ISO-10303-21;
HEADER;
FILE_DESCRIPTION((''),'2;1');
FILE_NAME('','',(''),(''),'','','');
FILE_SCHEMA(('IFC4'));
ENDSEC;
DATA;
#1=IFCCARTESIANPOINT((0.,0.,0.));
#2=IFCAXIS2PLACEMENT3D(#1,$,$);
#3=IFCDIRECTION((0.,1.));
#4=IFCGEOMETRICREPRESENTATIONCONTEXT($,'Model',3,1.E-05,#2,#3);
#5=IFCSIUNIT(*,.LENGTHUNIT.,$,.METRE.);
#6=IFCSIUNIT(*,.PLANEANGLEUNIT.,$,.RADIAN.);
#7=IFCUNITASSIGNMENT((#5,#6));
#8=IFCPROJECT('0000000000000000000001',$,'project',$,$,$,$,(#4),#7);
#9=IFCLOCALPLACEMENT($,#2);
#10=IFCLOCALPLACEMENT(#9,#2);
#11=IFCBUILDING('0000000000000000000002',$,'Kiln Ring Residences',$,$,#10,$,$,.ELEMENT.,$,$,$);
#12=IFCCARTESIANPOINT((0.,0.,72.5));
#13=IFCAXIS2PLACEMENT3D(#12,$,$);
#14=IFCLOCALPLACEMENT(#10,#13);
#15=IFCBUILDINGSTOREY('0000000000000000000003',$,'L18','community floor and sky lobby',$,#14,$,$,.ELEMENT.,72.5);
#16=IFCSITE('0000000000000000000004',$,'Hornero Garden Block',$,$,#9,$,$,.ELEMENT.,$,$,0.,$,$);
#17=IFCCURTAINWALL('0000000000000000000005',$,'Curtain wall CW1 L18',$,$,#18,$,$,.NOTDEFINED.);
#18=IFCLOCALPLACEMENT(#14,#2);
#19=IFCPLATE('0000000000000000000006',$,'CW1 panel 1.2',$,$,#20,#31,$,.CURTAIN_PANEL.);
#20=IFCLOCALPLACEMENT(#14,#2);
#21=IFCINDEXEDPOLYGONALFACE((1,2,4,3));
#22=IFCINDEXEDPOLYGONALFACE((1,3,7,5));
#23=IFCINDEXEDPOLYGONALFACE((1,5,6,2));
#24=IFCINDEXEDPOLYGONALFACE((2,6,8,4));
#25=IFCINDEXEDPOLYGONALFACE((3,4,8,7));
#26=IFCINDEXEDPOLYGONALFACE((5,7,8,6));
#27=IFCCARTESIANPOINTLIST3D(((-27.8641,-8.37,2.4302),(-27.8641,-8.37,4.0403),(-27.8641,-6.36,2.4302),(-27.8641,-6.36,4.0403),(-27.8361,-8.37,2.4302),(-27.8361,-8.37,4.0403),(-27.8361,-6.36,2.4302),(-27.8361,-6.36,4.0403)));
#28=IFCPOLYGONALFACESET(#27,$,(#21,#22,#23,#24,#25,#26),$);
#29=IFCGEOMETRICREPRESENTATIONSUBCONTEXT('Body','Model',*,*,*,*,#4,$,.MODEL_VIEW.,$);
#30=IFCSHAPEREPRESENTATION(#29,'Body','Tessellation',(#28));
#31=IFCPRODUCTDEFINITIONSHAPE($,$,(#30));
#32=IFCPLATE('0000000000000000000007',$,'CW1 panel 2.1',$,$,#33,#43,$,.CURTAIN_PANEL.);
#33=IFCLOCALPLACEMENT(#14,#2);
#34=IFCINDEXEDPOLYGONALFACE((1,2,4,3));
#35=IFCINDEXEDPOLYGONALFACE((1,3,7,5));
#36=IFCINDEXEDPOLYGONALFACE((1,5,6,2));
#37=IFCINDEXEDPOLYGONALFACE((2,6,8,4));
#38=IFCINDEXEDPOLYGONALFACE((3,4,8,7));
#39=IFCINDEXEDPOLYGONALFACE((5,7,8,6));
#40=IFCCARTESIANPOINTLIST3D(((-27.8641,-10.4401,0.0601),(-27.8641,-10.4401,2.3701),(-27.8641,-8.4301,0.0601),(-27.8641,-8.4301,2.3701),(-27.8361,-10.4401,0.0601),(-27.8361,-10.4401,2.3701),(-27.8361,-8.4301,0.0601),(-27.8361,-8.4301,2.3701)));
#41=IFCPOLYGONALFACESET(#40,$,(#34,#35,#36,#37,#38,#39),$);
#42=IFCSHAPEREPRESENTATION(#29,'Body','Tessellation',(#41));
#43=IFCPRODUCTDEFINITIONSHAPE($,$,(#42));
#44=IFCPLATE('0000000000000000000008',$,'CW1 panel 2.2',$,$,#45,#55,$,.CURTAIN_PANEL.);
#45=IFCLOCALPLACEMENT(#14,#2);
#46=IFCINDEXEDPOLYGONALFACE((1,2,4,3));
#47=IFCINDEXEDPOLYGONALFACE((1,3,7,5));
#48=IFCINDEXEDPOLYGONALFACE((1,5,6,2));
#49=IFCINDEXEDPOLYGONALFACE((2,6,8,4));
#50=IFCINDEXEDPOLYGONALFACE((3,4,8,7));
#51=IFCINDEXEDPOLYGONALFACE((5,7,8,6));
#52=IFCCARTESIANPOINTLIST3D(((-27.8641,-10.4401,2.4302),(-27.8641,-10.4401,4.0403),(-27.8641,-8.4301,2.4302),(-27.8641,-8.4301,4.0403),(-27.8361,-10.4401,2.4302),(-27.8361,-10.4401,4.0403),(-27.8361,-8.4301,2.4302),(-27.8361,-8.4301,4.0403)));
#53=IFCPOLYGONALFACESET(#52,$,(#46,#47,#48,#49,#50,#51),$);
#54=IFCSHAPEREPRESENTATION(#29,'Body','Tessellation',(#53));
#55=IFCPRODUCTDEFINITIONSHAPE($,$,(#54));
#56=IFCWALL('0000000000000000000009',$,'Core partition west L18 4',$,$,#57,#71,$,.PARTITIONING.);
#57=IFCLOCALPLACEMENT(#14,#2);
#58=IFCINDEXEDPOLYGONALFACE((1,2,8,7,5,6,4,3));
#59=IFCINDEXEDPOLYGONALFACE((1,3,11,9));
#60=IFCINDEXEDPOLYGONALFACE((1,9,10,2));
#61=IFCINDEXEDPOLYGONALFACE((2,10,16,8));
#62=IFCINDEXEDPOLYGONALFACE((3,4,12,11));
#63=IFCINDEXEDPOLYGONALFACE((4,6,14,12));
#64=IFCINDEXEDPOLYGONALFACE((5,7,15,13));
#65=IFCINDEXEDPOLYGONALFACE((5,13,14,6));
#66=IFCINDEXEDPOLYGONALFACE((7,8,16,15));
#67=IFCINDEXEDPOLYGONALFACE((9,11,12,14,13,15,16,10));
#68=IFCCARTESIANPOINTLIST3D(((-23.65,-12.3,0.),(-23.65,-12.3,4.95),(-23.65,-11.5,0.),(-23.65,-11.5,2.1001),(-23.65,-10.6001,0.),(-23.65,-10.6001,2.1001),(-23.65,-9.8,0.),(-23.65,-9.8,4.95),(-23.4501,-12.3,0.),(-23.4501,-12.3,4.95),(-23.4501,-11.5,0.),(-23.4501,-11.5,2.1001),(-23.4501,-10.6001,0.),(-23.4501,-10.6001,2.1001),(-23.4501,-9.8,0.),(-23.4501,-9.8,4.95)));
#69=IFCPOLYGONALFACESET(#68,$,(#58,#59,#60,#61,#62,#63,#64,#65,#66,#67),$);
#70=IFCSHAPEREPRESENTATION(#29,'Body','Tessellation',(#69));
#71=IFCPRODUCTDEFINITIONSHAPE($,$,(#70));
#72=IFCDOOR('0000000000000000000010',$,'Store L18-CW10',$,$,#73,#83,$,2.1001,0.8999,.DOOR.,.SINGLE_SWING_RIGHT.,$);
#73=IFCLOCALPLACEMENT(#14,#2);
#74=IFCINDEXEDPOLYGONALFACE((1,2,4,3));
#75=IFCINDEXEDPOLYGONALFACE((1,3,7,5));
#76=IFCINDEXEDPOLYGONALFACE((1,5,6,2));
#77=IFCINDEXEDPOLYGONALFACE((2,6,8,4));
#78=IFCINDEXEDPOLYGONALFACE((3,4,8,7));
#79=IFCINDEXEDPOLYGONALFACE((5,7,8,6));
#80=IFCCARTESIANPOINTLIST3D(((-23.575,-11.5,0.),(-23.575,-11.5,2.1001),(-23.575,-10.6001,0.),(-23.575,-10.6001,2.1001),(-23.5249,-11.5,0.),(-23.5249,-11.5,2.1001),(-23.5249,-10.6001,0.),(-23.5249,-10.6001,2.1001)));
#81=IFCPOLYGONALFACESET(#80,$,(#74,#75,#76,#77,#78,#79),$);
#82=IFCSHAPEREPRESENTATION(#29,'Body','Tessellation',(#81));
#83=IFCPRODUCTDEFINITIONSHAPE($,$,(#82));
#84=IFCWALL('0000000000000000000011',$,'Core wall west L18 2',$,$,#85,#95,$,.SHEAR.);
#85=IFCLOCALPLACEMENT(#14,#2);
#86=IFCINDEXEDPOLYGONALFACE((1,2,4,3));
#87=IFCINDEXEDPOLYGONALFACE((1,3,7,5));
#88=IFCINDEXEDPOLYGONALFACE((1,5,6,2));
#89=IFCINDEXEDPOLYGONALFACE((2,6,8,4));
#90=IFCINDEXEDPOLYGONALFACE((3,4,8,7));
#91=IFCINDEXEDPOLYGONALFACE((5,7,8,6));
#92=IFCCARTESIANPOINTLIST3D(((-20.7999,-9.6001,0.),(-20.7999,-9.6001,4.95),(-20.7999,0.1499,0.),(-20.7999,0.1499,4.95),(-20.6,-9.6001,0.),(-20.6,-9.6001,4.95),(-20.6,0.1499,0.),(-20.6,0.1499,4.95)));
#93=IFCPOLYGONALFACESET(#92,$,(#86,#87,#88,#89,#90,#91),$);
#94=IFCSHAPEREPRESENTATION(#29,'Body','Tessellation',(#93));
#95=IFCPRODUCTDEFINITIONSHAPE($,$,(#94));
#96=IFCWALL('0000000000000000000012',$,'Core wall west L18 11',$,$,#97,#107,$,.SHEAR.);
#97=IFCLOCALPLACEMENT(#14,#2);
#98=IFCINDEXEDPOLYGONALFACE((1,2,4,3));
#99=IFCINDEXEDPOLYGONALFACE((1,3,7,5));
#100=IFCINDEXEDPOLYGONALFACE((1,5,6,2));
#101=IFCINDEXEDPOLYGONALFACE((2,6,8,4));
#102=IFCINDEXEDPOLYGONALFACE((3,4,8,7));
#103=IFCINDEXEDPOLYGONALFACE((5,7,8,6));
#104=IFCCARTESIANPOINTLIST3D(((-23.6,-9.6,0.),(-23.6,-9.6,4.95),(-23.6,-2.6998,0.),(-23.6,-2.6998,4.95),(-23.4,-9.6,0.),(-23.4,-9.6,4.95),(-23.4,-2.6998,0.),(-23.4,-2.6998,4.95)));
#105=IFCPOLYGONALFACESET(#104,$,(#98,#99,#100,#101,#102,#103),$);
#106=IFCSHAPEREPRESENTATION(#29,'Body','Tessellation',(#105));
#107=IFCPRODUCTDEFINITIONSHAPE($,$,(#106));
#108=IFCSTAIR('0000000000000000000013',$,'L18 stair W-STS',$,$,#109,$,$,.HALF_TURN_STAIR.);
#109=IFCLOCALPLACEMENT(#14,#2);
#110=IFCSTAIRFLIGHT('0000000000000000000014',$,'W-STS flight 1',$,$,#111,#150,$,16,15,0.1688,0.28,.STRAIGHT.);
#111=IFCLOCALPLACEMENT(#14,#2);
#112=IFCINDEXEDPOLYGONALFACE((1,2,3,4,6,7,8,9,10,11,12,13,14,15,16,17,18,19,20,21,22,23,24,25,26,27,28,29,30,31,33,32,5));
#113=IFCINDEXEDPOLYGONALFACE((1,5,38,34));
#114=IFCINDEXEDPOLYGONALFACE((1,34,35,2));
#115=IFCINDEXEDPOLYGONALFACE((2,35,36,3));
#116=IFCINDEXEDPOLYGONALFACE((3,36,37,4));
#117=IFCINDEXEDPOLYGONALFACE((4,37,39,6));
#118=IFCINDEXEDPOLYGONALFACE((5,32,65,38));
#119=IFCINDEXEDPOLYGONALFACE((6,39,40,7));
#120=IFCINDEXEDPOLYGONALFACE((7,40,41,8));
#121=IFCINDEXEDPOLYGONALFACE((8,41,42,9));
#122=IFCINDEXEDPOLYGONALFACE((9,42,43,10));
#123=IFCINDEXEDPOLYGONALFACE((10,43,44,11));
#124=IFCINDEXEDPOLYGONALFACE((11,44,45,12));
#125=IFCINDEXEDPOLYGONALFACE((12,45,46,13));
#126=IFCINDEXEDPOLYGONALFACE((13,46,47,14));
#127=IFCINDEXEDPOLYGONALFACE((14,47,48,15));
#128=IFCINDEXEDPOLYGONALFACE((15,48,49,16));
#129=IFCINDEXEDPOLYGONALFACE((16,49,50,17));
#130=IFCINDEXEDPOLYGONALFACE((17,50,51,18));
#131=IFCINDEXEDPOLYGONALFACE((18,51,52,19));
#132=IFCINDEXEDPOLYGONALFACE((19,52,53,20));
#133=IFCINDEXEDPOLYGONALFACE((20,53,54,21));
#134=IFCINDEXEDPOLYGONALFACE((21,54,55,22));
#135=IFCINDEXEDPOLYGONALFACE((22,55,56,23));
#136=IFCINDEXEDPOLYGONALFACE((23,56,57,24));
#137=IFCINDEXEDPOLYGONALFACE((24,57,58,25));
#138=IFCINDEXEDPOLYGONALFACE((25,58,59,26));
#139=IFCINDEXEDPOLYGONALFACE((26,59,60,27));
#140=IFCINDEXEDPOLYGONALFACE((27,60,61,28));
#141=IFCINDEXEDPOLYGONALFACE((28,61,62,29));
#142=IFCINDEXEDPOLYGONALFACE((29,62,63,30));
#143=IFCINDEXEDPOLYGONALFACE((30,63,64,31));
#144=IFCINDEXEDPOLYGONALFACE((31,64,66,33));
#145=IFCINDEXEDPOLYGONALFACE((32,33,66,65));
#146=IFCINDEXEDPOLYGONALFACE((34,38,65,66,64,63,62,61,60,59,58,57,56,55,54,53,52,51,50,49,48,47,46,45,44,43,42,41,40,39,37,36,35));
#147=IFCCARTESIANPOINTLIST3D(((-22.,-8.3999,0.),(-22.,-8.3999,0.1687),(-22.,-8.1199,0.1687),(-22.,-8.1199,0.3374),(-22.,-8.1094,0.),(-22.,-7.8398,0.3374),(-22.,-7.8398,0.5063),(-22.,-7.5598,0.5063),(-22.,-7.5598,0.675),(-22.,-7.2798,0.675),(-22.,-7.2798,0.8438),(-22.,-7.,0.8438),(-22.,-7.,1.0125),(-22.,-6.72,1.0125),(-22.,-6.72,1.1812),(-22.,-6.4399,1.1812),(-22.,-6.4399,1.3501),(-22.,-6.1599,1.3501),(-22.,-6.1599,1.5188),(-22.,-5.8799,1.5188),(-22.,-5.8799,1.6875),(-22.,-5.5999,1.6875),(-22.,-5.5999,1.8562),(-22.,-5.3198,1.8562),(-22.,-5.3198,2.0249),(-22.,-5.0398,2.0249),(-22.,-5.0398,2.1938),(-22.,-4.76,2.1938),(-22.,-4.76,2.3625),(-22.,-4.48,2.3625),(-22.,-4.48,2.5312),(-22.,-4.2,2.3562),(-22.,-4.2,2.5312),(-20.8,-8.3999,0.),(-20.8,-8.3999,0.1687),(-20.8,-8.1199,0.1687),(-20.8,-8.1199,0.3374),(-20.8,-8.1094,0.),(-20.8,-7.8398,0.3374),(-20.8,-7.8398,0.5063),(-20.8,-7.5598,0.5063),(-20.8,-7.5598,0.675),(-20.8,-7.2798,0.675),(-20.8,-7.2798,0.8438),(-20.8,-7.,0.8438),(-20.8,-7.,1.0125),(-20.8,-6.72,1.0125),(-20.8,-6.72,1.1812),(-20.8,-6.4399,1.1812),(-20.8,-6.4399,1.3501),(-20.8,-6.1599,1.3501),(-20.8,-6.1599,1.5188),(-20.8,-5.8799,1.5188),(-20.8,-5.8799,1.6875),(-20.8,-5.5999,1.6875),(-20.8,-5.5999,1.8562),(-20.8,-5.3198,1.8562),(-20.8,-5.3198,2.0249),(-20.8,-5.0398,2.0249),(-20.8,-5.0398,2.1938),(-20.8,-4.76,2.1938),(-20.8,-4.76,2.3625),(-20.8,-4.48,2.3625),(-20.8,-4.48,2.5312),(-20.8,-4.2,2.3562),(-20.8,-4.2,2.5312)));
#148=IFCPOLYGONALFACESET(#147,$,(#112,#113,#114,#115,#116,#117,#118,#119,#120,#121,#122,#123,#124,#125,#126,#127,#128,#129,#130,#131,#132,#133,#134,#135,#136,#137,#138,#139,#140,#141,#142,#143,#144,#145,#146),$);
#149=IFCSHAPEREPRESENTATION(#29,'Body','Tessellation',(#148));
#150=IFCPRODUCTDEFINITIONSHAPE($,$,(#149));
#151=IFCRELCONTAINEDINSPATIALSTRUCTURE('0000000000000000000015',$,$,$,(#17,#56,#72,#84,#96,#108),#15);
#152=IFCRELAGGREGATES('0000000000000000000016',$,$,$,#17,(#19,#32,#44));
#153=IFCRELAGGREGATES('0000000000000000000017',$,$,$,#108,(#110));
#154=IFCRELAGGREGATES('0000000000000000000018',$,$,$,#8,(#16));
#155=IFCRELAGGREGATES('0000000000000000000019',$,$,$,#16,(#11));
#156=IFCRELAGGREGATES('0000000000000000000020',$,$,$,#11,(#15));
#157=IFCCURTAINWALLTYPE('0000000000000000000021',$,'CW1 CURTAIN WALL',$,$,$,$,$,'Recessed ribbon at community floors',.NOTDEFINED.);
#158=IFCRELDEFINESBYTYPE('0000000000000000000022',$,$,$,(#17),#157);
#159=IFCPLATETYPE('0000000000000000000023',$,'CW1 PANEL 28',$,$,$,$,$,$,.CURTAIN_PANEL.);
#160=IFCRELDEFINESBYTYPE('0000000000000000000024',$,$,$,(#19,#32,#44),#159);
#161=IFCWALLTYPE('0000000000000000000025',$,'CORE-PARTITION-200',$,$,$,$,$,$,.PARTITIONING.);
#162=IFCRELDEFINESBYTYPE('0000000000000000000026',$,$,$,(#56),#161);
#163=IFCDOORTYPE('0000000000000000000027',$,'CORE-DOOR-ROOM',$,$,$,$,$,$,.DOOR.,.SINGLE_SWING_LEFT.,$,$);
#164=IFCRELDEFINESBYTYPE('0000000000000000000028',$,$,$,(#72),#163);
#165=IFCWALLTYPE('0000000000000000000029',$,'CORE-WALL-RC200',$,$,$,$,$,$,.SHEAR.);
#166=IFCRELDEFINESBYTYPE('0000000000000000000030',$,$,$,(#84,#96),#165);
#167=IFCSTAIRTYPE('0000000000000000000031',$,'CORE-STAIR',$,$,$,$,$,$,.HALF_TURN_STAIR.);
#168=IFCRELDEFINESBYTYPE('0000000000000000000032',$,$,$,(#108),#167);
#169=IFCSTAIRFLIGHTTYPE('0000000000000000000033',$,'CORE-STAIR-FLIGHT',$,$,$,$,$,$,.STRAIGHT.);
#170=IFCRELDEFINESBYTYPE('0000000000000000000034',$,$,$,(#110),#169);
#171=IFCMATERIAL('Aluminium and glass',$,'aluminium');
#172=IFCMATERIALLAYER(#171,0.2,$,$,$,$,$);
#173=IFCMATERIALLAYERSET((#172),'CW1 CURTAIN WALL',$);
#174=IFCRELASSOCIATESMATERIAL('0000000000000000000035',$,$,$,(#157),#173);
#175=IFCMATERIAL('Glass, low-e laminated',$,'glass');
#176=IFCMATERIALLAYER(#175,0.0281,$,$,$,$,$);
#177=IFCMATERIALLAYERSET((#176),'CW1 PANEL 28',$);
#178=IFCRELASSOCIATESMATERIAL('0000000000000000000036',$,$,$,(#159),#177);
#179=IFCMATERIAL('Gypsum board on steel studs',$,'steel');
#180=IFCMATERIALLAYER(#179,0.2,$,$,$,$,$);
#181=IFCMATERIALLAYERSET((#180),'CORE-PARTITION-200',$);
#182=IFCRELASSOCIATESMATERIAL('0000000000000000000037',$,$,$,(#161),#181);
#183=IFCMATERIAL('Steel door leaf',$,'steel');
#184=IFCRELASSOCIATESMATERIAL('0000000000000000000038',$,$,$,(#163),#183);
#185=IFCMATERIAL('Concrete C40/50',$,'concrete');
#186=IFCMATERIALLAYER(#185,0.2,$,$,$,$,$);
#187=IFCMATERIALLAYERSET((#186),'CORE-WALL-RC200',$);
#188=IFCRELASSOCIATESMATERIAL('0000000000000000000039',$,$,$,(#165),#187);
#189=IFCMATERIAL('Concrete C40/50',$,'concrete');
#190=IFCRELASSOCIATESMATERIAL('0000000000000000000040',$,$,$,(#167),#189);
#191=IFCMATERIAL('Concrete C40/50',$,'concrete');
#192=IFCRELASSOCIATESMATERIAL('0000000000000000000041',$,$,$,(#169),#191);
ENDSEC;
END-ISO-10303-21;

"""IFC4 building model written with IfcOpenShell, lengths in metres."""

from ifc_helpers import new_model, si_unit, direction, frame, frame_2d, origin, origin_2d, place, context, subcontext, project, spatial, polyline, rectangle, outline, extrude, material, layer, layer_set, type_object, element, fill, aggregate, save


model = new_model("IFC4")

# Units and contexts
model_context = context("Model", 3, precision=1e-05, world=origin(), true_north=direction((0.0, 1.0)))
body_context = subcontext(model_context, "Body", "Model", "MODEL_VIEW")
ifc_project = project(units=[si_unit("LENGTHUNIT", "METRE"), si_unit("PLANEANGLEUNIT", "RADIAN")], contexts=[model_context])

# Site, building, storey
site_placement = place(None, origin())
site = spatial("IfcSite", under=ifc_project, at=site_placement, Name="Hornero Garden Block", CompositionType="ELEMENT", RefElevation=0.0)
building_placement = place(site_placement, origin())
building = spatial("IfcBuilding", under=site, at=building_placement, Name="Kiln Ring Residences", CompositionType="ELEMENT")
storey_placement = place(building_placement, frame((0.0, 0.0, 72.5)))
storey = spatial("IfcBuildingStorey", under=building, at=storey_placement, Name="L18", Description="community floor and sky lobby", CompositionType="ELEMENT", Elevation=72.5)

# Curtain wall
ifc_material_1 = material(Name="Aluminium and glass", Category="aluminium")
ifc_layer_1 = layer(ifc_material_1, 0.2)
ifc_layer_set_1 = layer_set([ifc_layer_1], Name="CW1 CURTAIN WALL")
curtain_wall_type = type_object("IfcCurtainWallType", Name="CW1 CURTAIN WALL", ElementType="Recessed ribbon at community floors", PredefinedType="NOTDEFINED", material=ifc_layer_set_1)
placement = place(storey_placement, origin())
curtain_wall_1 = element("IfcCurtainWall", 1, at=placement, inside=storey, type_object=curtain_wall_type, Name="Curtain wall CW1 L18", PredefinedType="NOTDEFINED")

# Plates
ifc_material_2 = material(Name="Glass, low-e laminated", Category="glass")
ifc_layer_2 = layer(ifc_material_2, 0.0281)
ifc_layer_set_2 = layer_set([ifc_layer_2], Name="CW1 PANEL 28")
plate_type = type_object("IfcPlateType", Name="CW1 PANEL 28", PredefinedType="CURTAIN_PANEL", material=ifc_layer_set_2)
plate_1_placement = place(storey_placement, frame((-27.8501, -7.365, 2.4302), z_axis=(0.0, 0.0, 1.0), x_axis=(0.0, -1.0, 0.0)))
plate_1 = element("IfcPlate", 2, at=plate_1_placement, type_object=plate_type, Name="CW1 panel 1.2", PredefinedType="CURTAIN_PANEL", context=body_context, shape_type="SweptSolid", body=[
    extrude(rectangle(XDim=2.01, YDim=0.0281, at=origin_2d()), origin(), (0.0, 0.0, 1.0), 1.6101),
])
plate_2_placement = place(storey_placement, frame((-27.8501, -9.4351, 0.0601), z_axis=(0.0, 0.0, 1.0), x_axis=(0.0, -1.0, 0.0)))
plate_2 = element("IfcPlate", 3, at=plate_2_placement, type_object=plate_type, Name="CW1 panel 2.1", PredefinedType="CURTAIN_PANEL", context=body_context, shape_type="SweptSolid", body=[
    extrude(rectangle(XDim=2.01, YDim=0.0281, at=origin_2d()), origin(), (0.0, 0.0, 1.0), 2.3101),
])
plate_3_placement = place(storey_placement, frame((-27.8501, -9.4351, 2.4302), z_axis=(0.0, 0.0, 1.0), x_axis=(0.0, -1.0, 0.0)))
plate_3 = element("IfcPlate", 4, at=plate_3_placement, type_object=plate_type, Name="CW1 panel 2.2", PredefinedType="CURTAIN_PANEL", context=body_context, shape_type="SweptSolid", body=[
    extrude(rectangle(XDim=2.01, YDim=0.0281, at=origin_2d()), origin(), (0.0, 0.0, 1.0), 1.6101),
])
aggregate(curtain_wall_1, [plate_1, plate_2, plate_3])

# Wall, opening, door
ifc_material_3 = material(Name="Gypsum board on steel studs", Category="steel")
ifc_layer_3 = layer(ifc_material_3, 0.2)
ifc_layer_set_3 = layer_set([ifc_layer_3], Name="CORE-PARTITION-200")
wall_type_1 = type_object("IfcWallType", Name="CORE-PARTITION-200", PredefinedType="PARTITIONING", material=ifc_layer_set_3)
wall_1_placement = place(storey_placement, frame((-23.55, -12.3, 0.0), z_axis=(0.0, 0.0, 1.0), x_axis=(0.0, 1.0, 0.0)))
wall_1 = element("IfcWall", 5, at=wall_1_placement, inside=storey, type_object=wall_type_1, Name="Core partition west L18 4", PredefinedType="PARTITIONING", context=body_context, shape_type="SweptSolid", body=[
    extrude(rectangle(XDim=2.5, YDim=0.2, at=frame_2d((1.25, 0.0))), origin(), (0.0, 0.0, 1.0), 4.95),
])
opening_placement = place(wall_1_placement, frame((0.8, 0.0, 0.0)))
opening = element("IfcOpeningElement", 6, at=opening_placement, cuts=wall_1, PredefinedType="OPENING", context=body_context, shape_type="SweptSolid", body=[
    extrude(rectangle(XDim=0.8999, YDim=2.1001, at=frame_2d((0.45, 1.05))), frame((0.0, 0.1099, 0.0), z_axis=(0.0, -1.0, 0.0), x_axis=(1.0, 0.0, 0.0)), (0.0, 0.0, 1.0), 0.22),
])
ifc_material_4 = material(Name="Steel door leaf", Category="steel")
door_type = type_object("IfcDoorType", Name="CORE-DOOR-ROOM", OperationType="SINGLE_SWING_LEFT", PredefinedType="DOOR", material=ifc_material_4)
door_placement = place(opening_placement, origin())
door = element("IfcDoor", 7, at=door_placement, inside=storey, type_object=door_type, Name="Store L18-CW10", OperationType="SINGLE_SWING_RIGHT", OverallHeight=2.1001, OverallWidth=0.8999, PredefinedType="DOOR", context=body_context, shape_type="SweptSolid", body=[
    extrude(rectangle(XDim=0.8999, YDim=2.1001, at=frame_2d((0.45, 1.05))), frame((0.0, 0.0249, 0.0), z_axis=(0.0, -1.0, 0.0), x_axis=(1.0, 0.0, 0.0)), (0.0, 0.0, 1.0), 0.05),
])
fill(opening, door)

# Walls
ifc_material_5 = material(Name="Concrete C40/50", Category="concrete")
ifc_layer_4 = layer(ifc_material_5, 0.2)
ifc_layer_set_4 = layer_set([ifc_layer_4], Name="CORE-WALL-RC200")
wall_type_2 = type_object("IfcWallType", Name="CORE-WALL-RC200", PredefinedType="SHEAR", material=ifc_layer_set_4)
wall_2_placement = place(storey_placement, frame((-20.7, -9.6001, 0.0), z_axis=(0.0, 0.0, 1.0), x_axis=(0.0, 1.0, 0.0)))
element("IfcWall", 8, at=wall_2_placement, inside=storey, type_object=wall_type_2, Name="Core wall west L18 2", PredefinedType="SHEAR", context=body_context, shape_type="SweptSolid", body=[
    extrude(rectangle(XDim=9.75, YDim=0.2, at=frame_2d((4.875, 0.0))), origin(), (0.0, 0.0, 1.0), 4.95),
])
wall_3_placement = place(storey_placement, frame((-23.5, -9.6001, 0.0), z_axis=(0.0, 0.0, 1.0), x_axis=(0.0, 1.0, 0.0)))
element("IfcWall", 9, at=wall_3_placement, inside=storey, type_object=wall_type_2, Name="Core wall west L18 11", PredefinedType="SHEAR", context=body_context, shape_type="SweptSolid", body=[
    extrude(rectangle(XDim=6.9001, YDim=0.2, at=frame_2d((3.4502, 0.0))), origin(), (0.0, 0.0, 1.0), 4.95),
])

# Stair, stair flight
ifc_material_6 = material(Name="Concrete C40/50", Category="concrete")
stair_type = type_object("IfcStairType", Name="CORE-STAIR", PredefinedType="HALF_TURN_STAIR", material=ifc_material_6)
stair = element("IfcStair", 10, at=placement, inside=storey, type_object=stair_type, Name="L18 stair W-STS", PredefinedType="HALF_TURN_STAIR")
ifc_material_7 = material(Name="Concrete C40/50", Category="concrete")
stair_flight_type = type_object("IfcStairFlightType", Name="CORE-STAIR-FLIGHT", PredefinedType="STRAIGHT", material=ifc_material_7)
stair_flight_placement = place(storey_placement, frame((-21.3999, -8.3999, 0.0), z_axis=(0.0, 0.0, 1.0), x_axis=(0.0, 1.0, 0.0)))
stair_flight = element("IfcStairFlight", 11, at=stair_flight_placement, type_object=stair_flight_type, Name="W-STS flight 1", NumberOfRisers=16, NumberOfTreads=15, PredefinedType="STRAIGHT", RiserHeight=0.1688, TreadLength=0.28, context=body_context, shape_type="SweptSolid", body=[
    extrude(outline(polyline([(0.0, 0.0), (0.0, 0.1687), (0.28, 0.1687), (0.28, 0.3374), (0.5601, 0.3374), (0.5601, 0.5063), (0.8401, 0.5063), (0.8401, 0.675), (1.1201, 0.675), (1.1201, 0.8438), (1.3999, 0.8438), (1.3999, 1.0125), (1.6799, 1.0125), (1.6799, 1.1812), (1.96, 1.1812), (1.96, 1.3501), (2.24, 1.3501), (2.24, 1.5188), (2.52, 1.5188), (2.52, 1.6875), (2.8, 1.6875), (2.8, 1.8562), (3.0801, 1.8562), (3.0801, 2.0249), (3.3601, 2.0249), (3.3601, 2.1938), (3.6399, 2.1938), (3.6399, 2.3625), (3.9199, 2.3625), (3.9199, 2.5312), (4.2, 2.5312), (4.2, 2.7), (4.2, 2.3562), (0.2905, 0.0), (0.0, 0.0)])), frame((0.0, 0.6001, 0.0), z_axis=(0.0, -1.0, 0.0), x_axis=(1.0, 0.0, 0.0)), (0.0, 0.0, 1.0), 1.2),
])
aggregate(stair, [stair_flight])

save(model, "model.ifc")
